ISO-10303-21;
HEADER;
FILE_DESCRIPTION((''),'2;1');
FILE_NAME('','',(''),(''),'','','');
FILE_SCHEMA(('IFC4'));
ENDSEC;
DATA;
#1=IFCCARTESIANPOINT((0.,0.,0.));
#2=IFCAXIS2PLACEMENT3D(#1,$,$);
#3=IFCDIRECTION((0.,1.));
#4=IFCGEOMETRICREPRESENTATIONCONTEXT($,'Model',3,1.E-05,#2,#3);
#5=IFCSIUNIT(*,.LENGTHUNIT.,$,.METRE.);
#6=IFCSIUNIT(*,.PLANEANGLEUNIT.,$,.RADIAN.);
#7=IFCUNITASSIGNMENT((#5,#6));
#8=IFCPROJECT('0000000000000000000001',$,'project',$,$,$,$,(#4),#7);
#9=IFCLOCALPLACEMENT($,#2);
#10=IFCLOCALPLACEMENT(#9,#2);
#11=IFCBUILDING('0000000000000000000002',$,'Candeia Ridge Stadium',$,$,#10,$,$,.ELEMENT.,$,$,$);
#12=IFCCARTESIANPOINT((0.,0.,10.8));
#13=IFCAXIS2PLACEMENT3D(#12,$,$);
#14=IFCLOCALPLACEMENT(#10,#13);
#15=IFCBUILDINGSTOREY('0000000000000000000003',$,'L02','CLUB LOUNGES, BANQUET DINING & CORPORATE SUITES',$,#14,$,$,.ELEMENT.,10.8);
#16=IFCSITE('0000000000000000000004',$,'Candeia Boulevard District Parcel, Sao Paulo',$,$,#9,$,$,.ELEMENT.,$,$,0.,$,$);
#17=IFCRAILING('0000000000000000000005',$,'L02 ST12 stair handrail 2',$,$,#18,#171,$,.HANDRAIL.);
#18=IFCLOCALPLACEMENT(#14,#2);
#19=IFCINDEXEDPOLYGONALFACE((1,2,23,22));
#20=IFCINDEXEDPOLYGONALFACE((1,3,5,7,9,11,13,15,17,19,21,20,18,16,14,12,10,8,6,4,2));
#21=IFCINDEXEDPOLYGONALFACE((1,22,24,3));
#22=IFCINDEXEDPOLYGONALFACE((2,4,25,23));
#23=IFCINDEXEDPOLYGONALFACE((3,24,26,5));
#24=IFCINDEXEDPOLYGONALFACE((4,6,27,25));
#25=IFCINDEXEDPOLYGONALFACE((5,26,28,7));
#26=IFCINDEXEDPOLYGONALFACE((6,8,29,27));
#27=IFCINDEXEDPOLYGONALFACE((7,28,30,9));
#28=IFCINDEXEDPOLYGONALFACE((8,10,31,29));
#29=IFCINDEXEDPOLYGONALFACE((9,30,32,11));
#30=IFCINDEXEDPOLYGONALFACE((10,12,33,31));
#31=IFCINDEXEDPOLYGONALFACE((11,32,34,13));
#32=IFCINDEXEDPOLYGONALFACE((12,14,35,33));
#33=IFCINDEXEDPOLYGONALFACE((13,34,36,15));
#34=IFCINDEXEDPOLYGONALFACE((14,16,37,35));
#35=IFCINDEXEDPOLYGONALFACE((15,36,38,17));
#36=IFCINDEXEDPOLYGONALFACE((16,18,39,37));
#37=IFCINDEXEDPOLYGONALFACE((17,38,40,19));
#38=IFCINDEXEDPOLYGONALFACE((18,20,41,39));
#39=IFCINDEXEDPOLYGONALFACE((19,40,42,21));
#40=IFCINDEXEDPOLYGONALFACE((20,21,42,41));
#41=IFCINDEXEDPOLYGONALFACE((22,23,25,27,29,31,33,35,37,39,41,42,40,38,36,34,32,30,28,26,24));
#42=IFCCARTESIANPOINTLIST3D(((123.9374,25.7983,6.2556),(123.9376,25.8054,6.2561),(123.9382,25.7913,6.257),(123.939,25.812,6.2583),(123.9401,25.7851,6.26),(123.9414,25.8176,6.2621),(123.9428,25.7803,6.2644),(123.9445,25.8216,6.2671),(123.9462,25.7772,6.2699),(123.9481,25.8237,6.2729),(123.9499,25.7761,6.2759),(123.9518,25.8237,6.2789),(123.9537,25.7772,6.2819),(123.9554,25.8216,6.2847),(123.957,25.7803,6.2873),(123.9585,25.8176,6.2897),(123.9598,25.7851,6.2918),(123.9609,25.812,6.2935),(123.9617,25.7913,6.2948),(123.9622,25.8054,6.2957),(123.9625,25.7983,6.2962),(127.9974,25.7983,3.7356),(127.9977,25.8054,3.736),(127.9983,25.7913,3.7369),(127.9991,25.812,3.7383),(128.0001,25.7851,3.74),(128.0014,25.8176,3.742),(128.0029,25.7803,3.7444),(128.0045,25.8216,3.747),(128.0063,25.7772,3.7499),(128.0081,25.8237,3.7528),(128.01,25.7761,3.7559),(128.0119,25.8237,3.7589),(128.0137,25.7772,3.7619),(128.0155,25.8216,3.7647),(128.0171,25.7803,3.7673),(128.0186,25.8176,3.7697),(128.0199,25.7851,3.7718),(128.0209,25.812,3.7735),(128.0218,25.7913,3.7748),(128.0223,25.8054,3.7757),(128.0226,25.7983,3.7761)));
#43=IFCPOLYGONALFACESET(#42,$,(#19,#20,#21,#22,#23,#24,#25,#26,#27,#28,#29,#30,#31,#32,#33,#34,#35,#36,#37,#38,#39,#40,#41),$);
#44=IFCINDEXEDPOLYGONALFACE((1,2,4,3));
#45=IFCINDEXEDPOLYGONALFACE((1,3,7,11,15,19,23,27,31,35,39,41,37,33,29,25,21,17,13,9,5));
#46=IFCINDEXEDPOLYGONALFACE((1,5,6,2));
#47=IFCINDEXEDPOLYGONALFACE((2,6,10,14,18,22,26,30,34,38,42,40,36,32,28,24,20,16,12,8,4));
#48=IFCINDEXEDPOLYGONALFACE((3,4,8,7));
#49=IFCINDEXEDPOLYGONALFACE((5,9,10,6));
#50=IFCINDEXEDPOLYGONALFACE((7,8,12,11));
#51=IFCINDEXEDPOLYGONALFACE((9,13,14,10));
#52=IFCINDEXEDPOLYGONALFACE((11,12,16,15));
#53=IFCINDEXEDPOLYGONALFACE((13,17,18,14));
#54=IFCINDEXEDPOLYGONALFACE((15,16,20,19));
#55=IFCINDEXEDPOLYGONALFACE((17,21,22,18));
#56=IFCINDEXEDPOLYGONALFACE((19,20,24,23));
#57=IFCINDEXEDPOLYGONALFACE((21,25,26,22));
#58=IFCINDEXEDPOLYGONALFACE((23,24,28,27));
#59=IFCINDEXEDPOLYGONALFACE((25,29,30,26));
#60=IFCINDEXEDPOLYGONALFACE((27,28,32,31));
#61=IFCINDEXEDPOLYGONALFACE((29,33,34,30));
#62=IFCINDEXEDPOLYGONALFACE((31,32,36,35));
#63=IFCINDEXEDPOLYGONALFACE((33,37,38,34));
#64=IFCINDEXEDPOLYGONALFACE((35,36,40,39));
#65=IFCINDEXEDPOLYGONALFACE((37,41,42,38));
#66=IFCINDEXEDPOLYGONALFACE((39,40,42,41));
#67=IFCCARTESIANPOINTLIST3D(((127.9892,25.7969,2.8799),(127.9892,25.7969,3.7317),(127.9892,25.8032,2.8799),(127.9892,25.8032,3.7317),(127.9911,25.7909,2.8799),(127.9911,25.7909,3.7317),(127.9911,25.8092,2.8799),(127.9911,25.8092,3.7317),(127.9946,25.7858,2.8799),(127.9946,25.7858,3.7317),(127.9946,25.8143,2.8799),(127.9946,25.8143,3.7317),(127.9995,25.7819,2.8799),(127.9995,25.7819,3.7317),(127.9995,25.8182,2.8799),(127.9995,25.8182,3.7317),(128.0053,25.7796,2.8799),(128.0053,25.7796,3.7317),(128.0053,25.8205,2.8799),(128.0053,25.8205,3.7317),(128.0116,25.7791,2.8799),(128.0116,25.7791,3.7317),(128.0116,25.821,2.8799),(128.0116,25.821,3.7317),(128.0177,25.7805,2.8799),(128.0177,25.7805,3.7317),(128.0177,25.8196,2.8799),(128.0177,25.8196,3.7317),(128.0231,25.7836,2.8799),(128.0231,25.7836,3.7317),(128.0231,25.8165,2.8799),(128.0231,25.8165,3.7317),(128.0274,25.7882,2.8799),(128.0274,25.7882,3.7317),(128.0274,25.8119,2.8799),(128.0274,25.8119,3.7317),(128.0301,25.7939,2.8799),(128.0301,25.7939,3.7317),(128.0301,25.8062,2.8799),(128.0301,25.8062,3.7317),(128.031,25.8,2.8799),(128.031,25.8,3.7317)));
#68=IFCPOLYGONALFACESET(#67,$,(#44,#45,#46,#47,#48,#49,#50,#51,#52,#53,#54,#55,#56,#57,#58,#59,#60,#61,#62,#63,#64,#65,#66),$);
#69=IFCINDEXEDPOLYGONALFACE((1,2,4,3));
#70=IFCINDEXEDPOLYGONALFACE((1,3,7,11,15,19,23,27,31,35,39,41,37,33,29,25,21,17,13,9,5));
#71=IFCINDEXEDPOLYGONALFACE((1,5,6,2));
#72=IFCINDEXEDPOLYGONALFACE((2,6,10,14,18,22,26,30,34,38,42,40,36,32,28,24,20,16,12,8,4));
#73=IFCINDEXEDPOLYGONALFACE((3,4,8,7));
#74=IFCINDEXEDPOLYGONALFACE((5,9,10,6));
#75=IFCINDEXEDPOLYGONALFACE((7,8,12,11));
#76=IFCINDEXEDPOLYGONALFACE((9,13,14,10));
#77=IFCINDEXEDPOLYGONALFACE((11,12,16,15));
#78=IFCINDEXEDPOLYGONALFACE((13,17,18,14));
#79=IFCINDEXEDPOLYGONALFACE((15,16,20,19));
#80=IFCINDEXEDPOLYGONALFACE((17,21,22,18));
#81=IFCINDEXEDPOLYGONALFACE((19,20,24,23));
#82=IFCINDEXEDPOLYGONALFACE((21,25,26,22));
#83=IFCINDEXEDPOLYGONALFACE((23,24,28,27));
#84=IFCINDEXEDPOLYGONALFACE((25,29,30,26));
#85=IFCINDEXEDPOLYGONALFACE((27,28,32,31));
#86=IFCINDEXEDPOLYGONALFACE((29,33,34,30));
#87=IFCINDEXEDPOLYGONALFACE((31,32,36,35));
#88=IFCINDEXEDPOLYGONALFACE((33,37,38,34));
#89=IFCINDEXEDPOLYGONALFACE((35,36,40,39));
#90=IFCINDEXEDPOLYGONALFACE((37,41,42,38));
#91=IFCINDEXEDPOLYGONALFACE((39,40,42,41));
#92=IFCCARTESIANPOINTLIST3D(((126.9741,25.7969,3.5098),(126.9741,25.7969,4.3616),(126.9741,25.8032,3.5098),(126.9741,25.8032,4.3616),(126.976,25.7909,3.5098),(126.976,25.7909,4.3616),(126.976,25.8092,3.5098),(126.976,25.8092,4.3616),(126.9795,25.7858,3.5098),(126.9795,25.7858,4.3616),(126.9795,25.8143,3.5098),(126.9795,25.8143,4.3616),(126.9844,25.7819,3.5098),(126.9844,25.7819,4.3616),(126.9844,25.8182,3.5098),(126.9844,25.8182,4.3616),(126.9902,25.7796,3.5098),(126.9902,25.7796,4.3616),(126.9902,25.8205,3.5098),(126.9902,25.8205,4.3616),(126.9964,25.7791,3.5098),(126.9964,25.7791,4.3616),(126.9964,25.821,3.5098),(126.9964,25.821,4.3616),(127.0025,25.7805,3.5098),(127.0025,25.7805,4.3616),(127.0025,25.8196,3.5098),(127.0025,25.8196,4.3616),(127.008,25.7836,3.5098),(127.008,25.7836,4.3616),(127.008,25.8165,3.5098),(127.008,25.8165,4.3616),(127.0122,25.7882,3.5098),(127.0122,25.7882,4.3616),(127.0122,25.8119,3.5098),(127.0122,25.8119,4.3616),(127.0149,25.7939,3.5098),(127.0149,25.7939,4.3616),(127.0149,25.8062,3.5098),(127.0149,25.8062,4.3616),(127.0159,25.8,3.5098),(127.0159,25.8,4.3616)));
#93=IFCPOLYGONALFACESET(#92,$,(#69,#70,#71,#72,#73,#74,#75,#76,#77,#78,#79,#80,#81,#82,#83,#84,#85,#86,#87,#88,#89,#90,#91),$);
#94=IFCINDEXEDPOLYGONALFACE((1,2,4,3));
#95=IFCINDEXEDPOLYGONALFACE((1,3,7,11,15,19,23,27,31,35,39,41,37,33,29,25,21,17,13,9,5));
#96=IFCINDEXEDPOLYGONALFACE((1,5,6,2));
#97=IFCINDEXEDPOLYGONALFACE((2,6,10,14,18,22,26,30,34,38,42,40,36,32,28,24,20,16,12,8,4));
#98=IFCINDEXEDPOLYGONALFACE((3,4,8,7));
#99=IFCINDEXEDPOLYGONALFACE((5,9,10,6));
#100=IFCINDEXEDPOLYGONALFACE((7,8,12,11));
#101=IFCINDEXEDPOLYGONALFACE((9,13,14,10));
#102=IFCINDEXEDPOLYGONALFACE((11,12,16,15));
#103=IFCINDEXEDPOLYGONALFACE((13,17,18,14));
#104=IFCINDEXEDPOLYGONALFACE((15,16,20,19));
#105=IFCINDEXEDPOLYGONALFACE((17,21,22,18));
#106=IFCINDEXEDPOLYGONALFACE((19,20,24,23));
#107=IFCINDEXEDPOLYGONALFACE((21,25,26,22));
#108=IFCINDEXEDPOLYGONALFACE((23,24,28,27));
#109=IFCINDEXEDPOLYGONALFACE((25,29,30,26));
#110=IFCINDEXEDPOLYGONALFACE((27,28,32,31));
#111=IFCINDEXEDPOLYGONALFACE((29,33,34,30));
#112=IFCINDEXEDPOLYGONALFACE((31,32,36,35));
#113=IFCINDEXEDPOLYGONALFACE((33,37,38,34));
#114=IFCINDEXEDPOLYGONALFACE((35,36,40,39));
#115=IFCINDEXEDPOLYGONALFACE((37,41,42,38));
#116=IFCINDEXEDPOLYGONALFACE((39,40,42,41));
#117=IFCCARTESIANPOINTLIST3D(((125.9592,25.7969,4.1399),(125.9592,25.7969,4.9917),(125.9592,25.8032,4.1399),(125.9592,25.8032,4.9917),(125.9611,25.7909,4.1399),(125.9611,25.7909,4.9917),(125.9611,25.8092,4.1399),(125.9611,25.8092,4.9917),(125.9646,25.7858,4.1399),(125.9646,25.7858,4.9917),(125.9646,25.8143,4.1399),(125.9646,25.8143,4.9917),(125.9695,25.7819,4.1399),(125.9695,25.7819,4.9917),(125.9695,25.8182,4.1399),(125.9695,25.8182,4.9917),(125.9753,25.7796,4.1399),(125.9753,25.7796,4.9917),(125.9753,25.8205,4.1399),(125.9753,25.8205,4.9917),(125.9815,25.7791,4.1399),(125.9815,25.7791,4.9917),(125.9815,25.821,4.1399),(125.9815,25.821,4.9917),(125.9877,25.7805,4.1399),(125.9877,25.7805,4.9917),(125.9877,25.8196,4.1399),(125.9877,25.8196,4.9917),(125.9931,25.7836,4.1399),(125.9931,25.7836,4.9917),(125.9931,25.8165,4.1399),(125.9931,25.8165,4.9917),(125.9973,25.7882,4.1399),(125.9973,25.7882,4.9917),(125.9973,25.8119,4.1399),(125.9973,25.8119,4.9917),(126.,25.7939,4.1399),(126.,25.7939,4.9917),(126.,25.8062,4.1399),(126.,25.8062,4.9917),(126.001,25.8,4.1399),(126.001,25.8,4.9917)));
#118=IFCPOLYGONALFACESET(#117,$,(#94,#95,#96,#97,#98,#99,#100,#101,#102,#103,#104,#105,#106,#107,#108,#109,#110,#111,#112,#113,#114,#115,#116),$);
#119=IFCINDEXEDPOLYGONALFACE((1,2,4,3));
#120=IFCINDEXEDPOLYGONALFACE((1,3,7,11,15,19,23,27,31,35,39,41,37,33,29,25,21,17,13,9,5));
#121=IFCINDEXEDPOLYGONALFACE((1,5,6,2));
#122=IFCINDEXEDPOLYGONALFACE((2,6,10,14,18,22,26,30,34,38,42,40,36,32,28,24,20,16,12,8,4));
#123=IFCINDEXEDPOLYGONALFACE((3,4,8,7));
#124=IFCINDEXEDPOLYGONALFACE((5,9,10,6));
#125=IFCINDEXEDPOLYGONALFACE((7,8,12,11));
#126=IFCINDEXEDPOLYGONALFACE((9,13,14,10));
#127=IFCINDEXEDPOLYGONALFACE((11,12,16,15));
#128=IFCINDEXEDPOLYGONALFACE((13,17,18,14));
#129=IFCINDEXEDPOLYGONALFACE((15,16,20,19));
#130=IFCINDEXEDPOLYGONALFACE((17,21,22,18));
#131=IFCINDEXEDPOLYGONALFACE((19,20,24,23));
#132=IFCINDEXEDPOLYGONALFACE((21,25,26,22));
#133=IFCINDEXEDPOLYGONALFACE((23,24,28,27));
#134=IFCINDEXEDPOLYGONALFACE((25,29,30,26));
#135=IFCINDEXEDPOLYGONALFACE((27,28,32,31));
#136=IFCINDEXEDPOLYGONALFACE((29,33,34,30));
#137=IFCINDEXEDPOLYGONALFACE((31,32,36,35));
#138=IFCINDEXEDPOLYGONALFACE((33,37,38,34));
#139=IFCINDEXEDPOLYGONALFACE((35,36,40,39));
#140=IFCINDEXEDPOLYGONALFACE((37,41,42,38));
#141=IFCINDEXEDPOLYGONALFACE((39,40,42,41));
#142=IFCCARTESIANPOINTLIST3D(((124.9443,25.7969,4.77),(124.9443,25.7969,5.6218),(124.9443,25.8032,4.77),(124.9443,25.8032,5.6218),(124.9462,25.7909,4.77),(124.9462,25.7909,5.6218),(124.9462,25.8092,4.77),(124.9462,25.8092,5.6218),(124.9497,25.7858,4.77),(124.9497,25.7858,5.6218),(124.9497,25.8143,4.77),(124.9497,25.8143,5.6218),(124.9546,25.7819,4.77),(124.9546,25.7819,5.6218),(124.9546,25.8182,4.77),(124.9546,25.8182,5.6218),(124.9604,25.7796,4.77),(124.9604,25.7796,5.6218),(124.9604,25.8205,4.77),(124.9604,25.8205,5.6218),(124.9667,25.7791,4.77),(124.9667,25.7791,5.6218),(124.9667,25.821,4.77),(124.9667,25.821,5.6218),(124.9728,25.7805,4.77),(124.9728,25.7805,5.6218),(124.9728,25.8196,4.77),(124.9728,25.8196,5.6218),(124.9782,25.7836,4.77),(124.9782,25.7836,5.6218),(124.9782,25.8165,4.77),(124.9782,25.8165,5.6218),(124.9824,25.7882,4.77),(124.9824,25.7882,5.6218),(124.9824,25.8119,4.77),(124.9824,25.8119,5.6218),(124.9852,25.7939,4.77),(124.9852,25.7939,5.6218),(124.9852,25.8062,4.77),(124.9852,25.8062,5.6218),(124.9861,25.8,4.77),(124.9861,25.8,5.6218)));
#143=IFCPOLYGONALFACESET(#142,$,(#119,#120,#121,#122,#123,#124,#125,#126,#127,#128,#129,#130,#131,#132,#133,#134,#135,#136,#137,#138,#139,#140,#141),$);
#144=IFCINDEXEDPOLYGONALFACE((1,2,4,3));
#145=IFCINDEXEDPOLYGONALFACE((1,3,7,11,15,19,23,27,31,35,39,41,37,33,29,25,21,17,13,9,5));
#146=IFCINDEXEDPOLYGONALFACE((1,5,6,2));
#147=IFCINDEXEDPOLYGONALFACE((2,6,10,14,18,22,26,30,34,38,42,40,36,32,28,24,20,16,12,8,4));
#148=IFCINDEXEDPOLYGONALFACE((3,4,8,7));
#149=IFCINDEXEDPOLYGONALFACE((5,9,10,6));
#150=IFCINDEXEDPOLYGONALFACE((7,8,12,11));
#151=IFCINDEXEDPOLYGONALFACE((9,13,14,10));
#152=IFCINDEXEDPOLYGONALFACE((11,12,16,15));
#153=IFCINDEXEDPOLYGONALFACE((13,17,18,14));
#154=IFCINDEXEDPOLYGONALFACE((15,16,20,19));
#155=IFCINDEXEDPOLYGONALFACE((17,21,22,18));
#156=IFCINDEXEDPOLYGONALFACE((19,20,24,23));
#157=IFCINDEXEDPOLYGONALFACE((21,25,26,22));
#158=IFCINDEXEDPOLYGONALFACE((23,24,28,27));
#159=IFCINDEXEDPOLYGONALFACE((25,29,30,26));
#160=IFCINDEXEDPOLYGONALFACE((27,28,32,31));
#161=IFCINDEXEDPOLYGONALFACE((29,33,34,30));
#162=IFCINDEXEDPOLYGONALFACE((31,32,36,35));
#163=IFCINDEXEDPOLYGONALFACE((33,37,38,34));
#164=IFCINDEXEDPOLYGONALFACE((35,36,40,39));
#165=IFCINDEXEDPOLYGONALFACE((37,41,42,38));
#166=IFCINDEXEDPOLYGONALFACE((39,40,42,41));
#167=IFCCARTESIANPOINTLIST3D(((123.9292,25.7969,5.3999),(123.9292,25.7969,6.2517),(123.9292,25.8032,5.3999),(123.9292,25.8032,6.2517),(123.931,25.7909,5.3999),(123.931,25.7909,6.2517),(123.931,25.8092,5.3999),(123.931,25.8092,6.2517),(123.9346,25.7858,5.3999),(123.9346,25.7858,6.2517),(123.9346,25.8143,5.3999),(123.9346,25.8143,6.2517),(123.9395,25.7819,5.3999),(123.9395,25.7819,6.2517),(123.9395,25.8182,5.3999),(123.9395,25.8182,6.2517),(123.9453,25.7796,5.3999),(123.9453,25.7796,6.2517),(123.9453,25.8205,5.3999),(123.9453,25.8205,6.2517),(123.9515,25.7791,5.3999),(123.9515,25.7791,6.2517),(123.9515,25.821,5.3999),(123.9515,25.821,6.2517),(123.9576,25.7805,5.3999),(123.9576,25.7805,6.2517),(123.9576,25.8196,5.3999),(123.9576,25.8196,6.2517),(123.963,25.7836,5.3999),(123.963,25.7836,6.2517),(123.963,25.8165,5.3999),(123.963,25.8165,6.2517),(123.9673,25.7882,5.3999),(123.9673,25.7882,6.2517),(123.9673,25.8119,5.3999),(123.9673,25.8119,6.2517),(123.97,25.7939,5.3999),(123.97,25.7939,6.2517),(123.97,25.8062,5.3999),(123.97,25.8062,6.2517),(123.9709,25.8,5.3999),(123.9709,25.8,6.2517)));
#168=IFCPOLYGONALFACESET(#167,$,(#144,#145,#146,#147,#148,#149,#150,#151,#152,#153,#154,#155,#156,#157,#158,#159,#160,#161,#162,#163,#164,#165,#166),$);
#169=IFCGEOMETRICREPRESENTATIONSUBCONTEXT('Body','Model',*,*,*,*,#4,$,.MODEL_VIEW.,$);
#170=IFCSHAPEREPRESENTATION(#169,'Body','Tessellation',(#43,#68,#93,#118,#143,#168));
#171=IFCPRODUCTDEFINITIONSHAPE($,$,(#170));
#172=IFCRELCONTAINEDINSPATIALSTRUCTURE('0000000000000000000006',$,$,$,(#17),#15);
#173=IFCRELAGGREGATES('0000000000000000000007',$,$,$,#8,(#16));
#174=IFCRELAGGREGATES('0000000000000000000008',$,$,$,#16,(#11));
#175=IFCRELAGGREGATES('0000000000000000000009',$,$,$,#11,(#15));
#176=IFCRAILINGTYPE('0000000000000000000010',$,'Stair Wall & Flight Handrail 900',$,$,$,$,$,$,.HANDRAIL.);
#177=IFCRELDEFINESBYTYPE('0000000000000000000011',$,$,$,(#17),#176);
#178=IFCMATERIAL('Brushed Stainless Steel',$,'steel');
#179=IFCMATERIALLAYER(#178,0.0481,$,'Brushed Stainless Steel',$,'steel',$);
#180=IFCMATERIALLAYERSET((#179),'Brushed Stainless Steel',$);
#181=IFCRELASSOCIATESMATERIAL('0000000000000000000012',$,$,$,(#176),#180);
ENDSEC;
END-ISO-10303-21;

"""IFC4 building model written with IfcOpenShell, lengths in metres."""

from ifc_helpers import new_model, si_unit, direction, frame, origin, origin_2d, place, context, subcontext, project, spatial, circle, extrude, material, layer, layer_set, type_object, element, save


model = new_model("IFC4")

# Units and contexts
model_context = context("Model", 3, precision=1e-05, world=origin(), true_north=direction((0.0, 1.0)))
body_context = subcontext(model_context, "Body", "Model", "MODEL_VIEW")
ifc_project = project(units=[si_unit("LENGTHUNIT", "METRE"), si_unit("PLANEANGLEUNIT", "RADIAN")], contexts=[model_context])

# Site, building, storey
site_placement = place(None, origin())
site = spatial("IfcSite", under=ifc_project, at=site_placement, Name="Candeia Boulevard District Parcel, Sao Paulo", CompositionType="ELEMENT", RefElevation=0.0)
building_placement = place(site_placement, origin())
building = spatial("IfcBuilding", under=site, at=building_placement, Name="Candeia Ridge Stadium", CompositionType="ELEMENT")
storey_placement = place(building_placement, frame((0.0, 0.0, 10.8)))
storey = spatial("IfcBuildingStorey", under=building, at=storey_placement, Name="L02", Description="CLUB LOUNGES, BANQUET DINING & CORPORATE SUITES", CompositionType="ELEMENT", Elevation=10.8)

# Railing
ifc_material_1 = material(Name="Brushed Stainless Steel", Category="steel")
ifc_layer_1 = layer(ifc_material_1, 0.0481, Name="Brushed Stainless Steel", Category="steel")
ifc_layer_set_1 = layer_set([ifc_layer_1], Name="Brushed Stainless Steel")
railing_type_1 = type_object("IfcRailingType", Name="Stair Wall & Flight Handrail 900", PredefinedType="HANDRAIL", material=ifc_layer_set_1)
railing_1_placement = place(storey_placement, frame((128.01, 25.8, 2.8799)))
element("IfcRailing", 1, at=railing_1_placement, inside=storey, type_object=railing_type_1, Name="L02 ST12 stair handrail 2", PredefinedType="HANDRAIL", context=body_context, shape_type="SweptSolid", body=[
    extrude(circle(Radius=0.0239, at=origin_2d()), frame((0.0, 0.0, 0.876), z_axis=(-0.849642, 0.0, 0.52736), x_axis=(0.0, -1.0, 0.0)), (0.0, 0.0, 1.0), 4.7786),
    extrude(circle(Radius=0.021, at=origin_2d()), origin(), (0.0, 0.0, 1.0), 0.8518),
    extrude(circle(Radius=0.021, at=origin_2d()), frame((-1.0151, 0.0, 0.6299)), (0.0, 0.0, 1.0), 0.8518),
    extrude(circle(Radius=0.021, at=origin_2d()), frame((-2.03, 0.0, 1.26)), (0.0, 0.0, 1.0), 0.8518),
    extrude(circle(Radius=0.021, at=origin_2d()), frame((-3.0449, 0.0, 1.8901)), (0.0, 0.0, 1.0), 0.8518),
    extrude(circle(Radius=0.021, at=origin_2d()), frame((-4.0601, 0.0, 2.52)), (0.0, 0.0, 1.0), 0.8518),
])

save(model, "model.ifc")
